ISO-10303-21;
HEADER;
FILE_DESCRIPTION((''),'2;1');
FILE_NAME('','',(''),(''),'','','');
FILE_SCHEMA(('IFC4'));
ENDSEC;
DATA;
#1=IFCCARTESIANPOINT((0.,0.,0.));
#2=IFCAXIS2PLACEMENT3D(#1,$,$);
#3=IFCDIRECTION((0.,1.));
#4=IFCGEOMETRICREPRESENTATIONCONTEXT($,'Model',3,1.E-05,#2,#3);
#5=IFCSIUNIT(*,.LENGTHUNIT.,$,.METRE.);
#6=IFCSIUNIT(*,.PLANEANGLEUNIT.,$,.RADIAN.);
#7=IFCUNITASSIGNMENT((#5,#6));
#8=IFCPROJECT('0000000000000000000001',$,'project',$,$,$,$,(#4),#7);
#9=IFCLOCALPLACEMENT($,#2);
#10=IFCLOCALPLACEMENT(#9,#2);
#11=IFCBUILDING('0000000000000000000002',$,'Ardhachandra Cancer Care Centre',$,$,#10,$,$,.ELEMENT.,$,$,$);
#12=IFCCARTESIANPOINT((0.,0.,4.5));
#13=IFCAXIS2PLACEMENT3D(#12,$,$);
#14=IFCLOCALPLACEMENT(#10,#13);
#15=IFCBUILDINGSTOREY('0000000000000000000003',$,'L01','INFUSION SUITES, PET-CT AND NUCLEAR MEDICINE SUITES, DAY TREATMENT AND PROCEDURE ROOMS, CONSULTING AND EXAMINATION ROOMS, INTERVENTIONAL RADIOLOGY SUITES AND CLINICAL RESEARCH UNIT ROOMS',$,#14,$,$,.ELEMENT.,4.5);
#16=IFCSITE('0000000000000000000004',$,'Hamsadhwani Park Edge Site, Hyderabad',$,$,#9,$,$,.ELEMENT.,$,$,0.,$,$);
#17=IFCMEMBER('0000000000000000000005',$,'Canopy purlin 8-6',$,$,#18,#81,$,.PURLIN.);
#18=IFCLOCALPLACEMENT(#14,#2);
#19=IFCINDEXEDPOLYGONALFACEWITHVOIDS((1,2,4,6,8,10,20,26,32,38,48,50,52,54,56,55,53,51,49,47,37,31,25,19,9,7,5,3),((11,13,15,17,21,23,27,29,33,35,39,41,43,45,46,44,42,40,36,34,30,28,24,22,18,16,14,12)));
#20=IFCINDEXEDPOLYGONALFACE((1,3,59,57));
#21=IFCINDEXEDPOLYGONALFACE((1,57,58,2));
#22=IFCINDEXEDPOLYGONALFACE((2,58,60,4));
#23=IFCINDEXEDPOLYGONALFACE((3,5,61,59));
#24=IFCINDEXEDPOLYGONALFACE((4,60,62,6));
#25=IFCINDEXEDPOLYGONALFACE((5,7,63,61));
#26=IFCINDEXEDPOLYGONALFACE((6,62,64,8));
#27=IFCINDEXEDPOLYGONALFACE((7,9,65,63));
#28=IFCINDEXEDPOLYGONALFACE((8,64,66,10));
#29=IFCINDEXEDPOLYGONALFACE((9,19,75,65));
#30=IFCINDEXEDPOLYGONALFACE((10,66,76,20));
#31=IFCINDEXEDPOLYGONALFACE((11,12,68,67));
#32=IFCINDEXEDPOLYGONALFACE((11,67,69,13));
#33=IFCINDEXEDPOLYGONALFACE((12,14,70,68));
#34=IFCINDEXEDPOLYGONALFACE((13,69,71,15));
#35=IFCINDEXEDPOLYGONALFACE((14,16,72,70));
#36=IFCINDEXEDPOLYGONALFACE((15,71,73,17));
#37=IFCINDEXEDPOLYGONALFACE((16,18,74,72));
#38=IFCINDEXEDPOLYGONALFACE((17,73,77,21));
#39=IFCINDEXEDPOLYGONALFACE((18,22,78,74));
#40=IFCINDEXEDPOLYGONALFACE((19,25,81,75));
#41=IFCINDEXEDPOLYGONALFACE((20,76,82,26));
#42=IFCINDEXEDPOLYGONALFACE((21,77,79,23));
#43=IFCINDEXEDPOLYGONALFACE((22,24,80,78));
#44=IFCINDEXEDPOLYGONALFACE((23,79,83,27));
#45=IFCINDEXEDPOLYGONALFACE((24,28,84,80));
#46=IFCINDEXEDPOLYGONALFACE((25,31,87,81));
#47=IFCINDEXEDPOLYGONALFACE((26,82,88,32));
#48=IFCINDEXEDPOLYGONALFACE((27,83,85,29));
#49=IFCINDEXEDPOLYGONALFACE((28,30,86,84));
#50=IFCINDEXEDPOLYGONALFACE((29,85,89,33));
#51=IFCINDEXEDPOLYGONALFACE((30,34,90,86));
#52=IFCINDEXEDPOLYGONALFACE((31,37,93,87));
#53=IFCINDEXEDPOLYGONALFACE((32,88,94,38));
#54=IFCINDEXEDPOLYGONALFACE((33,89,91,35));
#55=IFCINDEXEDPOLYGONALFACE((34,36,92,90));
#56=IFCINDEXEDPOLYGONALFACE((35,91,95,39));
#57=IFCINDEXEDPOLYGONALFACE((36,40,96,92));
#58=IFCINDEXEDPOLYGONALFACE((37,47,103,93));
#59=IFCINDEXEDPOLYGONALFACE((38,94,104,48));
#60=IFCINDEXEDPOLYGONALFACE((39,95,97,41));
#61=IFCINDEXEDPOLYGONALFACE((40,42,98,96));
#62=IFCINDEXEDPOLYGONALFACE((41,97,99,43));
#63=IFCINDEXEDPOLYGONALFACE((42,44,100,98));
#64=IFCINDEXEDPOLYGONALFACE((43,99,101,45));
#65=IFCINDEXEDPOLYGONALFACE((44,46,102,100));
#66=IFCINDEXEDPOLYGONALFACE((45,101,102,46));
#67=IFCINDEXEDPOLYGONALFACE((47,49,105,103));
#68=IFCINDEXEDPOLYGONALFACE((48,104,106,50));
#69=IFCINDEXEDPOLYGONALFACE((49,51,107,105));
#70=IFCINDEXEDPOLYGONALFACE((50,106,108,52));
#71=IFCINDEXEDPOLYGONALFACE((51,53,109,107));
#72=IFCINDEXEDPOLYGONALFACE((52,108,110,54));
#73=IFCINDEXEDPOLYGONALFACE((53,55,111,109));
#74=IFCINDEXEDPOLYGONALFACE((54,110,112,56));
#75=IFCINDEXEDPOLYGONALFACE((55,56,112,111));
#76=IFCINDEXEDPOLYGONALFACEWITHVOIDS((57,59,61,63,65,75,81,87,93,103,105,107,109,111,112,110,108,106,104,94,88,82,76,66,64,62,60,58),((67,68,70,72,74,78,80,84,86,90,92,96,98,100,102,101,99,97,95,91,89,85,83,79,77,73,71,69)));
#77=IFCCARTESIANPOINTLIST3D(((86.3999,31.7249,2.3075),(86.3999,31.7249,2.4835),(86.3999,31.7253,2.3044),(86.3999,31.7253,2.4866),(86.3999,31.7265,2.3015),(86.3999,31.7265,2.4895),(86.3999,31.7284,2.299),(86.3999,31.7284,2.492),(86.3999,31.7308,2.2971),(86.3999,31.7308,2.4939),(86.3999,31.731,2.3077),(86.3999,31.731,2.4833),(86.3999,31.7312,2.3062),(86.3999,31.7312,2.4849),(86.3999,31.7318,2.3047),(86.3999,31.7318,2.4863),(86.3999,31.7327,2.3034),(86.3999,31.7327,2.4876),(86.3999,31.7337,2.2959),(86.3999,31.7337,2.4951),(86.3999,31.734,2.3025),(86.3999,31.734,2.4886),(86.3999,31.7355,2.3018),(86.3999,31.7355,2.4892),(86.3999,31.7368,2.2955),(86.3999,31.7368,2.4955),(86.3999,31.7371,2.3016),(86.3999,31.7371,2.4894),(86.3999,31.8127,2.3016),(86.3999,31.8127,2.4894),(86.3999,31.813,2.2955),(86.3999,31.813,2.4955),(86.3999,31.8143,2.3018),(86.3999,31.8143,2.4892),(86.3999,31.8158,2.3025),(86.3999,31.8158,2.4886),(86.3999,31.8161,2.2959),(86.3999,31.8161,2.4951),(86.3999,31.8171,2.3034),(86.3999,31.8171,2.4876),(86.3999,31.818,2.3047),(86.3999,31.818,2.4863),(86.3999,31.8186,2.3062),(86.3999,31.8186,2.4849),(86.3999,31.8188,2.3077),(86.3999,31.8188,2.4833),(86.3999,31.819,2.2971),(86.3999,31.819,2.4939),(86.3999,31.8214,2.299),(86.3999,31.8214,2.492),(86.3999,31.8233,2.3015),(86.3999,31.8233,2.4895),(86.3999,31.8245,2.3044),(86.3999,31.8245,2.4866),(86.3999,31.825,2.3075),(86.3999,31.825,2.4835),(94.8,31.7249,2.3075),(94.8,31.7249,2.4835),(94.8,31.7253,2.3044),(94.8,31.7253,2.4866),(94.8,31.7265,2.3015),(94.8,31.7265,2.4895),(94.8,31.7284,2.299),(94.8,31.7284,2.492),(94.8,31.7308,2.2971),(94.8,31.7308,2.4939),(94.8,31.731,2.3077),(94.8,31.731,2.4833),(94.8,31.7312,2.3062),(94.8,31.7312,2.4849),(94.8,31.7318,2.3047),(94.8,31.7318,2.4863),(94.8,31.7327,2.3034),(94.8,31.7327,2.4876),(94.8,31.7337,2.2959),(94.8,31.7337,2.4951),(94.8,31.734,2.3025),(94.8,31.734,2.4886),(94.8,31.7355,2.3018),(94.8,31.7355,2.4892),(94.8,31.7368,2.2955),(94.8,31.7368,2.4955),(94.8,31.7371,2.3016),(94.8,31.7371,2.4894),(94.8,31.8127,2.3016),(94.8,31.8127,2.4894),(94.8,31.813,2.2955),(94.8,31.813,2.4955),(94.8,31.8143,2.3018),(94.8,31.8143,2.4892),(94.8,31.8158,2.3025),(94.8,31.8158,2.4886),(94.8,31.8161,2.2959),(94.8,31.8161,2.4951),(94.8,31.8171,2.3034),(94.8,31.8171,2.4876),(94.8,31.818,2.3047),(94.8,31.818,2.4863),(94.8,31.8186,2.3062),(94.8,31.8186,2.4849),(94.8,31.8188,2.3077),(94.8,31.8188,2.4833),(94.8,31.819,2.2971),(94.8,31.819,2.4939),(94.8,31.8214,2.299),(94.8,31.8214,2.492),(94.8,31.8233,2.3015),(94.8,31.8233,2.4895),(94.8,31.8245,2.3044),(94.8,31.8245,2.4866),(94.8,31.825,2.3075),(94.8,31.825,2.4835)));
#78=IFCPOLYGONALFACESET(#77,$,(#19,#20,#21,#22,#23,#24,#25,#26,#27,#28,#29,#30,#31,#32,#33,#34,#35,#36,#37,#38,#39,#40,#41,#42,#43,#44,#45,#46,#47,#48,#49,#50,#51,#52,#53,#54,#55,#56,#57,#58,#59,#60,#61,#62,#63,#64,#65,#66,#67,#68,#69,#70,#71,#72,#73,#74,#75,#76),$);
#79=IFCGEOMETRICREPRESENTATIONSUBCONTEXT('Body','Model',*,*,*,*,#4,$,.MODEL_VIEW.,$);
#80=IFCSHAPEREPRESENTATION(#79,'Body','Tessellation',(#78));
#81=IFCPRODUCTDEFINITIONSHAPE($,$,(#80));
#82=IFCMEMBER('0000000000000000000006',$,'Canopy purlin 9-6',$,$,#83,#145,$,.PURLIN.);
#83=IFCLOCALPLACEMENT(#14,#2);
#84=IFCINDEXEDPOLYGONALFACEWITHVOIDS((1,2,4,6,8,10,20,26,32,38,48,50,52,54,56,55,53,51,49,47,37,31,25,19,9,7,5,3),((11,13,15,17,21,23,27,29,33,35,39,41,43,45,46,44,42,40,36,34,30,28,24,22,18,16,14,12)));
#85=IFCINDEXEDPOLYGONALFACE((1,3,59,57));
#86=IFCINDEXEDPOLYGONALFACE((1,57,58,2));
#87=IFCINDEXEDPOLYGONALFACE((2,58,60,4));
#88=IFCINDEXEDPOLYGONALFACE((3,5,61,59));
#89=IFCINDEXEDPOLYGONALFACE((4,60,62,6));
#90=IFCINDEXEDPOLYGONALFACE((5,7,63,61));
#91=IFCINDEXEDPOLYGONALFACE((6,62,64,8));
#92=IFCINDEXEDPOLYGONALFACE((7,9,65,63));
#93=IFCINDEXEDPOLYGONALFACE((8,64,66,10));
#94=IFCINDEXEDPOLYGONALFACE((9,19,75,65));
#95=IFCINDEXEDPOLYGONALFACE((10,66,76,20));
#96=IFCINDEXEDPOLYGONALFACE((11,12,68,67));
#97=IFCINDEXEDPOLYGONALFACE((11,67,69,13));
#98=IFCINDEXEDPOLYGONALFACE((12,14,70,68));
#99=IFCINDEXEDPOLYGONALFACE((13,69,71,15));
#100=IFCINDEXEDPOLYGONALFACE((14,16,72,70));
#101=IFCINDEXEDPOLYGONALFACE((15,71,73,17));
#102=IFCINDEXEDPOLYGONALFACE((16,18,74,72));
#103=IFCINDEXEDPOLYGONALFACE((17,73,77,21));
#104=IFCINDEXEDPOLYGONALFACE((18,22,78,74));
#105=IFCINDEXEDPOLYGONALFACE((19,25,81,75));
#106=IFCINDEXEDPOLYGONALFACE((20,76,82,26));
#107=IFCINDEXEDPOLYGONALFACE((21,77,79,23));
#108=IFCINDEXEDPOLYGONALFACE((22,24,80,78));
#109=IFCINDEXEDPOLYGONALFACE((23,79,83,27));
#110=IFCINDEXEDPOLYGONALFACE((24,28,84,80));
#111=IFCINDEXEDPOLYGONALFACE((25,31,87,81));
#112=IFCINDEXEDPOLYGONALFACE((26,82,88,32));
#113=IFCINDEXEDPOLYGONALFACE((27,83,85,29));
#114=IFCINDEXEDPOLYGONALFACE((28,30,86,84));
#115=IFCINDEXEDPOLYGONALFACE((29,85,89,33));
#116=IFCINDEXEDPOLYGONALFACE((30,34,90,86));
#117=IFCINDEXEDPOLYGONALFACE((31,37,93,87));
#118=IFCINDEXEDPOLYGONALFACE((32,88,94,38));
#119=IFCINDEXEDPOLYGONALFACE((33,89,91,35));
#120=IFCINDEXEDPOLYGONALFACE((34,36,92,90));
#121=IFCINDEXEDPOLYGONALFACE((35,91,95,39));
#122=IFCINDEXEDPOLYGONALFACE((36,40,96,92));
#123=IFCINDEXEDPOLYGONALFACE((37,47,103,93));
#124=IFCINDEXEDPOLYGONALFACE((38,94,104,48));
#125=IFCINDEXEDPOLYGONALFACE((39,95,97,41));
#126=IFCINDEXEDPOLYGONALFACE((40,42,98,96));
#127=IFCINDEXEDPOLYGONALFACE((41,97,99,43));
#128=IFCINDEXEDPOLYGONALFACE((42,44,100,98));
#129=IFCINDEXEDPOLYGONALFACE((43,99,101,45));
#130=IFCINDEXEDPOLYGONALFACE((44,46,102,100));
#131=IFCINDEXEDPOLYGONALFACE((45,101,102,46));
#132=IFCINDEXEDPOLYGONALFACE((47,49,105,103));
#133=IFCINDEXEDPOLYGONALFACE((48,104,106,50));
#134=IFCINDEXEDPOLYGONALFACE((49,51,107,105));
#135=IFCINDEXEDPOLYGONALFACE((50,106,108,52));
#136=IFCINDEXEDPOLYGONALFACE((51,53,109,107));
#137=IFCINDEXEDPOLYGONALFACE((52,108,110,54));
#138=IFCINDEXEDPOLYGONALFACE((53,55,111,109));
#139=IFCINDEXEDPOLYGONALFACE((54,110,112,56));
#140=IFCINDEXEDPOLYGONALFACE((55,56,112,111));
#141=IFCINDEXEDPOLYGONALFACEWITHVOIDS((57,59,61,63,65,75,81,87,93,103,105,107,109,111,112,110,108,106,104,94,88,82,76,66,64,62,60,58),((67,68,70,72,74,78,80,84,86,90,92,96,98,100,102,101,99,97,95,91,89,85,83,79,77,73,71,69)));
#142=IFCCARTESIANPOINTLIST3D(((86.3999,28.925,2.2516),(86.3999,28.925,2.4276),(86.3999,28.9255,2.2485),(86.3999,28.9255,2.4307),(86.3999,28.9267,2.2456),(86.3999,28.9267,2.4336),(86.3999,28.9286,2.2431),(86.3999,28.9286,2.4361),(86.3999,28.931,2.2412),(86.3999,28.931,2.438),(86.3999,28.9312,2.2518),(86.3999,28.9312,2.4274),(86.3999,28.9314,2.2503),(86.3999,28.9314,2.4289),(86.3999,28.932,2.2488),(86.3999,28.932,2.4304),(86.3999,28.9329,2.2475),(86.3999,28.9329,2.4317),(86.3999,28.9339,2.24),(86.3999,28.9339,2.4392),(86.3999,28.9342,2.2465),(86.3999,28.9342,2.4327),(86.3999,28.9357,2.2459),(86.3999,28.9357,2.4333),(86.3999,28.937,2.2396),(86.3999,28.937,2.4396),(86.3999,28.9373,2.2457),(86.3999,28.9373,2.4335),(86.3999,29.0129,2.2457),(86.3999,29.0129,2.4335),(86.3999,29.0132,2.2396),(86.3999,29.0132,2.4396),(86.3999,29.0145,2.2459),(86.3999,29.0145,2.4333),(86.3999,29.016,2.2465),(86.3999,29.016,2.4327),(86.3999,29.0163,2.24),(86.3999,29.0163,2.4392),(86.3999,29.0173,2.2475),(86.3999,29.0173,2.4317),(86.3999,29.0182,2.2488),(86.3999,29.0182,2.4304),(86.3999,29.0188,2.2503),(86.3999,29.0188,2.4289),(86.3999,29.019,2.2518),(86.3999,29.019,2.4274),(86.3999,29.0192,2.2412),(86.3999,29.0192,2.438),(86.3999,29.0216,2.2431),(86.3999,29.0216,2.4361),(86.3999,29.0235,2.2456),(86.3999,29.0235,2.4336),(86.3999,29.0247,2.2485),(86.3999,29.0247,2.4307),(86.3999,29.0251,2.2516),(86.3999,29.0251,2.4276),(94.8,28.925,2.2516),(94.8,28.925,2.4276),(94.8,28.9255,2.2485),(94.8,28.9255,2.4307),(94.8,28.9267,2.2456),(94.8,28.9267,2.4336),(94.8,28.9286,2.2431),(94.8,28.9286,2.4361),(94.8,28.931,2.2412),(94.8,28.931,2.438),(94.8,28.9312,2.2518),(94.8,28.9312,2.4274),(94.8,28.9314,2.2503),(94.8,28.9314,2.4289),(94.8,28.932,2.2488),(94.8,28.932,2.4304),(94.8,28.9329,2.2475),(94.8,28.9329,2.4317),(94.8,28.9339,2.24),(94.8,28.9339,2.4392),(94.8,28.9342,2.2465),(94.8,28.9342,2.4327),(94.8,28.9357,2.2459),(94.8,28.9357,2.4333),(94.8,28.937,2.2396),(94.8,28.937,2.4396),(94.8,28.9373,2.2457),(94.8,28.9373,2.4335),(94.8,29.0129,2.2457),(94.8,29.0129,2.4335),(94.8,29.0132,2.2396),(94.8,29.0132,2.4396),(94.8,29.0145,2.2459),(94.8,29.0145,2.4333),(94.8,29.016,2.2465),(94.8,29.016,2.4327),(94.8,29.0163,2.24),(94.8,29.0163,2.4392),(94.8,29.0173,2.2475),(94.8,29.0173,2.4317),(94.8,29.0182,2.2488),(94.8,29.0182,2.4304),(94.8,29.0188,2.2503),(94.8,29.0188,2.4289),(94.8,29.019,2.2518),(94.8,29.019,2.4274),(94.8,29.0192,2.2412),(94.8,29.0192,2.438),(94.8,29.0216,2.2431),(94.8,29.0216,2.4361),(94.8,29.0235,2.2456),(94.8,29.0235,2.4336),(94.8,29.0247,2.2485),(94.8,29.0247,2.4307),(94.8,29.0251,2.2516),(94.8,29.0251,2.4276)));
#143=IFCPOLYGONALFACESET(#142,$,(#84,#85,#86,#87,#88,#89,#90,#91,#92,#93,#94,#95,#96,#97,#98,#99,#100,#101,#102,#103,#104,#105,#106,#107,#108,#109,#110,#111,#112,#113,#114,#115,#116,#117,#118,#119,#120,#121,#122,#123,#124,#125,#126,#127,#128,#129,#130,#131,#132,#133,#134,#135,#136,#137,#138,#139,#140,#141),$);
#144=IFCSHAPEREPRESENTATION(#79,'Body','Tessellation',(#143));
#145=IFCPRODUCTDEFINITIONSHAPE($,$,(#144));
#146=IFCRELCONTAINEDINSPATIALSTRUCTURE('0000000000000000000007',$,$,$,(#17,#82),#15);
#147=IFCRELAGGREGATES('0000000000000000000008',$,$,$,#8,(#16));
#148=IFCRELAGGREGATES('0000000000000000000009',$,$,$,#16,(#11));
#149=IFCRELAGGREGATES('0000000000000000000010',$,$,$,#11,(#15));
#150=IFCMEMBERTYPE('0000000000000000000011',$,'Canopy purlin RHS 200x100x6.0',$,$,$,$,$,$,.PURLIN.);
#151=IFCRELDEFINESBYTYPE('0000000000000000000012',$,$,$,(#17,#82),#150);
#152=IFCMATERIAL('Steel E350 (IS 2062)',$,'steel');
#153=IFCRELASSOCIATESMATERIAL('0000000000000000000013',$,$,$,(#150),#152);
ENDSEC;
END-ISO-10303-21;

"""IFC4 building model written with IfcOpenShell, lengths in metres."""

from ifc_helpers import new_model, si_unit, direction, frame, origin, origin_2d, place, context, subcontext, project, spatial, hollow_rectangle, extrude, material, material_profile, profile_set, type_object, element, save


model = new_model("IFC4")

# Units and contexts
model_context = context("Model", 3, precision=1e-05, world=origin(), true_north=direction((0.0, 1.0)))
body_context = subcontext(model_context, "Body", "Model", "MODEL_VIEW")
ifc_project = project(units=[si_unit("LENGTHUNIT", "METRE"), si_unit("PLANEANGLEUNIT", "RADIAN")], contexts=[model_context])

# Site, building, storey
site_placement = place(None, origin())
site = spatial("IfcSite", under=ifc_project, at=site_placement, Name="Hamsadhwani Park Edge Site, Hyderabad", CompositionType="ELEMENT", RefElevation=0.0)
building_placement = place(site_placement, origin())
building = spatial("IfcBuilding", under=site, at=building_placement, Name="Ardhachandra Cancer Care Centre", CompositionType="ELEMENT")
storey_placement = place(building_placement, frame((0.0, 0.0, 4.5)))
storey = spatial("IfcBuildingStorey", under=building, at=storey_placement, Name="L01", Description="INFUSION SUITES, PET-CT AND NUCLEAR MEDICINE SUITES, DAY TREATMENT AND PROCEDURE ROOMS, CONSULTING AND EXAMINATION ROOMS, INTERVENTIONAL RADIOLOGY SUITES AND CLINICAL RESEARCH UNIT ROOMS", CompositionType="ELEMENT", Elevation=4.5)

# Members
ifc_material_1 = material(Name="Steel E350 (IS 2062)", Category="steel")
ifc_material_profile_1 = material_profile(ifc_material_1, hollow_rectangle(XDim=0.1001, YDim=0.2, WallThickness=0.0061, InnerFilletRadius=0.0061, OuterFilletRadius=0.012, at=origin_2d()), Name="RHS 200x100x6.0")
ifc_profile_set_1 = profile_set([ifc_material_profile_1], Name="Steel E350 (IS 2062)")
member_type_1 = type_object("IfcMemberType", Name="Canopy purlin RHS 200x100x6.0", PredefinedType="PURLIN", material=ifc_profile_set_1)
for number, where, z_axis, x_axis, name in (
    (1, (86.3999, 31.7749, 2.3955), (1.0, 0.0, 0.0), (0.0, 1.0, 0.0), "Canopy purlin 8-6"),
    (2, (86.3999, 28.9751, 2.3396), (1.0, 0.0, 0.0), (0.0, 1.0, 0.0), "Canopy purlin 9-6"),
):
    element("IfcMember", number, at=place(storey_placement, frame(where, z_axis=z_axis, x_axis=x_axis)), inside=storey, type_object=member_type_1, Name=name, PredefinedType="PURLIN", context=body_context, shape_type="SweptSolid", body=[
        extrude(hollow_rectangle(XDim=0.1001, YDim=0.2, WallThickness=0.0061, InnerFilletRadius=0.0061, OuterFilletRadius=0.012, at=origin_2d()), origin(), (0.0, 0.0, 1.0), 8.4001),
    ])

save(model, "model.ifc")
